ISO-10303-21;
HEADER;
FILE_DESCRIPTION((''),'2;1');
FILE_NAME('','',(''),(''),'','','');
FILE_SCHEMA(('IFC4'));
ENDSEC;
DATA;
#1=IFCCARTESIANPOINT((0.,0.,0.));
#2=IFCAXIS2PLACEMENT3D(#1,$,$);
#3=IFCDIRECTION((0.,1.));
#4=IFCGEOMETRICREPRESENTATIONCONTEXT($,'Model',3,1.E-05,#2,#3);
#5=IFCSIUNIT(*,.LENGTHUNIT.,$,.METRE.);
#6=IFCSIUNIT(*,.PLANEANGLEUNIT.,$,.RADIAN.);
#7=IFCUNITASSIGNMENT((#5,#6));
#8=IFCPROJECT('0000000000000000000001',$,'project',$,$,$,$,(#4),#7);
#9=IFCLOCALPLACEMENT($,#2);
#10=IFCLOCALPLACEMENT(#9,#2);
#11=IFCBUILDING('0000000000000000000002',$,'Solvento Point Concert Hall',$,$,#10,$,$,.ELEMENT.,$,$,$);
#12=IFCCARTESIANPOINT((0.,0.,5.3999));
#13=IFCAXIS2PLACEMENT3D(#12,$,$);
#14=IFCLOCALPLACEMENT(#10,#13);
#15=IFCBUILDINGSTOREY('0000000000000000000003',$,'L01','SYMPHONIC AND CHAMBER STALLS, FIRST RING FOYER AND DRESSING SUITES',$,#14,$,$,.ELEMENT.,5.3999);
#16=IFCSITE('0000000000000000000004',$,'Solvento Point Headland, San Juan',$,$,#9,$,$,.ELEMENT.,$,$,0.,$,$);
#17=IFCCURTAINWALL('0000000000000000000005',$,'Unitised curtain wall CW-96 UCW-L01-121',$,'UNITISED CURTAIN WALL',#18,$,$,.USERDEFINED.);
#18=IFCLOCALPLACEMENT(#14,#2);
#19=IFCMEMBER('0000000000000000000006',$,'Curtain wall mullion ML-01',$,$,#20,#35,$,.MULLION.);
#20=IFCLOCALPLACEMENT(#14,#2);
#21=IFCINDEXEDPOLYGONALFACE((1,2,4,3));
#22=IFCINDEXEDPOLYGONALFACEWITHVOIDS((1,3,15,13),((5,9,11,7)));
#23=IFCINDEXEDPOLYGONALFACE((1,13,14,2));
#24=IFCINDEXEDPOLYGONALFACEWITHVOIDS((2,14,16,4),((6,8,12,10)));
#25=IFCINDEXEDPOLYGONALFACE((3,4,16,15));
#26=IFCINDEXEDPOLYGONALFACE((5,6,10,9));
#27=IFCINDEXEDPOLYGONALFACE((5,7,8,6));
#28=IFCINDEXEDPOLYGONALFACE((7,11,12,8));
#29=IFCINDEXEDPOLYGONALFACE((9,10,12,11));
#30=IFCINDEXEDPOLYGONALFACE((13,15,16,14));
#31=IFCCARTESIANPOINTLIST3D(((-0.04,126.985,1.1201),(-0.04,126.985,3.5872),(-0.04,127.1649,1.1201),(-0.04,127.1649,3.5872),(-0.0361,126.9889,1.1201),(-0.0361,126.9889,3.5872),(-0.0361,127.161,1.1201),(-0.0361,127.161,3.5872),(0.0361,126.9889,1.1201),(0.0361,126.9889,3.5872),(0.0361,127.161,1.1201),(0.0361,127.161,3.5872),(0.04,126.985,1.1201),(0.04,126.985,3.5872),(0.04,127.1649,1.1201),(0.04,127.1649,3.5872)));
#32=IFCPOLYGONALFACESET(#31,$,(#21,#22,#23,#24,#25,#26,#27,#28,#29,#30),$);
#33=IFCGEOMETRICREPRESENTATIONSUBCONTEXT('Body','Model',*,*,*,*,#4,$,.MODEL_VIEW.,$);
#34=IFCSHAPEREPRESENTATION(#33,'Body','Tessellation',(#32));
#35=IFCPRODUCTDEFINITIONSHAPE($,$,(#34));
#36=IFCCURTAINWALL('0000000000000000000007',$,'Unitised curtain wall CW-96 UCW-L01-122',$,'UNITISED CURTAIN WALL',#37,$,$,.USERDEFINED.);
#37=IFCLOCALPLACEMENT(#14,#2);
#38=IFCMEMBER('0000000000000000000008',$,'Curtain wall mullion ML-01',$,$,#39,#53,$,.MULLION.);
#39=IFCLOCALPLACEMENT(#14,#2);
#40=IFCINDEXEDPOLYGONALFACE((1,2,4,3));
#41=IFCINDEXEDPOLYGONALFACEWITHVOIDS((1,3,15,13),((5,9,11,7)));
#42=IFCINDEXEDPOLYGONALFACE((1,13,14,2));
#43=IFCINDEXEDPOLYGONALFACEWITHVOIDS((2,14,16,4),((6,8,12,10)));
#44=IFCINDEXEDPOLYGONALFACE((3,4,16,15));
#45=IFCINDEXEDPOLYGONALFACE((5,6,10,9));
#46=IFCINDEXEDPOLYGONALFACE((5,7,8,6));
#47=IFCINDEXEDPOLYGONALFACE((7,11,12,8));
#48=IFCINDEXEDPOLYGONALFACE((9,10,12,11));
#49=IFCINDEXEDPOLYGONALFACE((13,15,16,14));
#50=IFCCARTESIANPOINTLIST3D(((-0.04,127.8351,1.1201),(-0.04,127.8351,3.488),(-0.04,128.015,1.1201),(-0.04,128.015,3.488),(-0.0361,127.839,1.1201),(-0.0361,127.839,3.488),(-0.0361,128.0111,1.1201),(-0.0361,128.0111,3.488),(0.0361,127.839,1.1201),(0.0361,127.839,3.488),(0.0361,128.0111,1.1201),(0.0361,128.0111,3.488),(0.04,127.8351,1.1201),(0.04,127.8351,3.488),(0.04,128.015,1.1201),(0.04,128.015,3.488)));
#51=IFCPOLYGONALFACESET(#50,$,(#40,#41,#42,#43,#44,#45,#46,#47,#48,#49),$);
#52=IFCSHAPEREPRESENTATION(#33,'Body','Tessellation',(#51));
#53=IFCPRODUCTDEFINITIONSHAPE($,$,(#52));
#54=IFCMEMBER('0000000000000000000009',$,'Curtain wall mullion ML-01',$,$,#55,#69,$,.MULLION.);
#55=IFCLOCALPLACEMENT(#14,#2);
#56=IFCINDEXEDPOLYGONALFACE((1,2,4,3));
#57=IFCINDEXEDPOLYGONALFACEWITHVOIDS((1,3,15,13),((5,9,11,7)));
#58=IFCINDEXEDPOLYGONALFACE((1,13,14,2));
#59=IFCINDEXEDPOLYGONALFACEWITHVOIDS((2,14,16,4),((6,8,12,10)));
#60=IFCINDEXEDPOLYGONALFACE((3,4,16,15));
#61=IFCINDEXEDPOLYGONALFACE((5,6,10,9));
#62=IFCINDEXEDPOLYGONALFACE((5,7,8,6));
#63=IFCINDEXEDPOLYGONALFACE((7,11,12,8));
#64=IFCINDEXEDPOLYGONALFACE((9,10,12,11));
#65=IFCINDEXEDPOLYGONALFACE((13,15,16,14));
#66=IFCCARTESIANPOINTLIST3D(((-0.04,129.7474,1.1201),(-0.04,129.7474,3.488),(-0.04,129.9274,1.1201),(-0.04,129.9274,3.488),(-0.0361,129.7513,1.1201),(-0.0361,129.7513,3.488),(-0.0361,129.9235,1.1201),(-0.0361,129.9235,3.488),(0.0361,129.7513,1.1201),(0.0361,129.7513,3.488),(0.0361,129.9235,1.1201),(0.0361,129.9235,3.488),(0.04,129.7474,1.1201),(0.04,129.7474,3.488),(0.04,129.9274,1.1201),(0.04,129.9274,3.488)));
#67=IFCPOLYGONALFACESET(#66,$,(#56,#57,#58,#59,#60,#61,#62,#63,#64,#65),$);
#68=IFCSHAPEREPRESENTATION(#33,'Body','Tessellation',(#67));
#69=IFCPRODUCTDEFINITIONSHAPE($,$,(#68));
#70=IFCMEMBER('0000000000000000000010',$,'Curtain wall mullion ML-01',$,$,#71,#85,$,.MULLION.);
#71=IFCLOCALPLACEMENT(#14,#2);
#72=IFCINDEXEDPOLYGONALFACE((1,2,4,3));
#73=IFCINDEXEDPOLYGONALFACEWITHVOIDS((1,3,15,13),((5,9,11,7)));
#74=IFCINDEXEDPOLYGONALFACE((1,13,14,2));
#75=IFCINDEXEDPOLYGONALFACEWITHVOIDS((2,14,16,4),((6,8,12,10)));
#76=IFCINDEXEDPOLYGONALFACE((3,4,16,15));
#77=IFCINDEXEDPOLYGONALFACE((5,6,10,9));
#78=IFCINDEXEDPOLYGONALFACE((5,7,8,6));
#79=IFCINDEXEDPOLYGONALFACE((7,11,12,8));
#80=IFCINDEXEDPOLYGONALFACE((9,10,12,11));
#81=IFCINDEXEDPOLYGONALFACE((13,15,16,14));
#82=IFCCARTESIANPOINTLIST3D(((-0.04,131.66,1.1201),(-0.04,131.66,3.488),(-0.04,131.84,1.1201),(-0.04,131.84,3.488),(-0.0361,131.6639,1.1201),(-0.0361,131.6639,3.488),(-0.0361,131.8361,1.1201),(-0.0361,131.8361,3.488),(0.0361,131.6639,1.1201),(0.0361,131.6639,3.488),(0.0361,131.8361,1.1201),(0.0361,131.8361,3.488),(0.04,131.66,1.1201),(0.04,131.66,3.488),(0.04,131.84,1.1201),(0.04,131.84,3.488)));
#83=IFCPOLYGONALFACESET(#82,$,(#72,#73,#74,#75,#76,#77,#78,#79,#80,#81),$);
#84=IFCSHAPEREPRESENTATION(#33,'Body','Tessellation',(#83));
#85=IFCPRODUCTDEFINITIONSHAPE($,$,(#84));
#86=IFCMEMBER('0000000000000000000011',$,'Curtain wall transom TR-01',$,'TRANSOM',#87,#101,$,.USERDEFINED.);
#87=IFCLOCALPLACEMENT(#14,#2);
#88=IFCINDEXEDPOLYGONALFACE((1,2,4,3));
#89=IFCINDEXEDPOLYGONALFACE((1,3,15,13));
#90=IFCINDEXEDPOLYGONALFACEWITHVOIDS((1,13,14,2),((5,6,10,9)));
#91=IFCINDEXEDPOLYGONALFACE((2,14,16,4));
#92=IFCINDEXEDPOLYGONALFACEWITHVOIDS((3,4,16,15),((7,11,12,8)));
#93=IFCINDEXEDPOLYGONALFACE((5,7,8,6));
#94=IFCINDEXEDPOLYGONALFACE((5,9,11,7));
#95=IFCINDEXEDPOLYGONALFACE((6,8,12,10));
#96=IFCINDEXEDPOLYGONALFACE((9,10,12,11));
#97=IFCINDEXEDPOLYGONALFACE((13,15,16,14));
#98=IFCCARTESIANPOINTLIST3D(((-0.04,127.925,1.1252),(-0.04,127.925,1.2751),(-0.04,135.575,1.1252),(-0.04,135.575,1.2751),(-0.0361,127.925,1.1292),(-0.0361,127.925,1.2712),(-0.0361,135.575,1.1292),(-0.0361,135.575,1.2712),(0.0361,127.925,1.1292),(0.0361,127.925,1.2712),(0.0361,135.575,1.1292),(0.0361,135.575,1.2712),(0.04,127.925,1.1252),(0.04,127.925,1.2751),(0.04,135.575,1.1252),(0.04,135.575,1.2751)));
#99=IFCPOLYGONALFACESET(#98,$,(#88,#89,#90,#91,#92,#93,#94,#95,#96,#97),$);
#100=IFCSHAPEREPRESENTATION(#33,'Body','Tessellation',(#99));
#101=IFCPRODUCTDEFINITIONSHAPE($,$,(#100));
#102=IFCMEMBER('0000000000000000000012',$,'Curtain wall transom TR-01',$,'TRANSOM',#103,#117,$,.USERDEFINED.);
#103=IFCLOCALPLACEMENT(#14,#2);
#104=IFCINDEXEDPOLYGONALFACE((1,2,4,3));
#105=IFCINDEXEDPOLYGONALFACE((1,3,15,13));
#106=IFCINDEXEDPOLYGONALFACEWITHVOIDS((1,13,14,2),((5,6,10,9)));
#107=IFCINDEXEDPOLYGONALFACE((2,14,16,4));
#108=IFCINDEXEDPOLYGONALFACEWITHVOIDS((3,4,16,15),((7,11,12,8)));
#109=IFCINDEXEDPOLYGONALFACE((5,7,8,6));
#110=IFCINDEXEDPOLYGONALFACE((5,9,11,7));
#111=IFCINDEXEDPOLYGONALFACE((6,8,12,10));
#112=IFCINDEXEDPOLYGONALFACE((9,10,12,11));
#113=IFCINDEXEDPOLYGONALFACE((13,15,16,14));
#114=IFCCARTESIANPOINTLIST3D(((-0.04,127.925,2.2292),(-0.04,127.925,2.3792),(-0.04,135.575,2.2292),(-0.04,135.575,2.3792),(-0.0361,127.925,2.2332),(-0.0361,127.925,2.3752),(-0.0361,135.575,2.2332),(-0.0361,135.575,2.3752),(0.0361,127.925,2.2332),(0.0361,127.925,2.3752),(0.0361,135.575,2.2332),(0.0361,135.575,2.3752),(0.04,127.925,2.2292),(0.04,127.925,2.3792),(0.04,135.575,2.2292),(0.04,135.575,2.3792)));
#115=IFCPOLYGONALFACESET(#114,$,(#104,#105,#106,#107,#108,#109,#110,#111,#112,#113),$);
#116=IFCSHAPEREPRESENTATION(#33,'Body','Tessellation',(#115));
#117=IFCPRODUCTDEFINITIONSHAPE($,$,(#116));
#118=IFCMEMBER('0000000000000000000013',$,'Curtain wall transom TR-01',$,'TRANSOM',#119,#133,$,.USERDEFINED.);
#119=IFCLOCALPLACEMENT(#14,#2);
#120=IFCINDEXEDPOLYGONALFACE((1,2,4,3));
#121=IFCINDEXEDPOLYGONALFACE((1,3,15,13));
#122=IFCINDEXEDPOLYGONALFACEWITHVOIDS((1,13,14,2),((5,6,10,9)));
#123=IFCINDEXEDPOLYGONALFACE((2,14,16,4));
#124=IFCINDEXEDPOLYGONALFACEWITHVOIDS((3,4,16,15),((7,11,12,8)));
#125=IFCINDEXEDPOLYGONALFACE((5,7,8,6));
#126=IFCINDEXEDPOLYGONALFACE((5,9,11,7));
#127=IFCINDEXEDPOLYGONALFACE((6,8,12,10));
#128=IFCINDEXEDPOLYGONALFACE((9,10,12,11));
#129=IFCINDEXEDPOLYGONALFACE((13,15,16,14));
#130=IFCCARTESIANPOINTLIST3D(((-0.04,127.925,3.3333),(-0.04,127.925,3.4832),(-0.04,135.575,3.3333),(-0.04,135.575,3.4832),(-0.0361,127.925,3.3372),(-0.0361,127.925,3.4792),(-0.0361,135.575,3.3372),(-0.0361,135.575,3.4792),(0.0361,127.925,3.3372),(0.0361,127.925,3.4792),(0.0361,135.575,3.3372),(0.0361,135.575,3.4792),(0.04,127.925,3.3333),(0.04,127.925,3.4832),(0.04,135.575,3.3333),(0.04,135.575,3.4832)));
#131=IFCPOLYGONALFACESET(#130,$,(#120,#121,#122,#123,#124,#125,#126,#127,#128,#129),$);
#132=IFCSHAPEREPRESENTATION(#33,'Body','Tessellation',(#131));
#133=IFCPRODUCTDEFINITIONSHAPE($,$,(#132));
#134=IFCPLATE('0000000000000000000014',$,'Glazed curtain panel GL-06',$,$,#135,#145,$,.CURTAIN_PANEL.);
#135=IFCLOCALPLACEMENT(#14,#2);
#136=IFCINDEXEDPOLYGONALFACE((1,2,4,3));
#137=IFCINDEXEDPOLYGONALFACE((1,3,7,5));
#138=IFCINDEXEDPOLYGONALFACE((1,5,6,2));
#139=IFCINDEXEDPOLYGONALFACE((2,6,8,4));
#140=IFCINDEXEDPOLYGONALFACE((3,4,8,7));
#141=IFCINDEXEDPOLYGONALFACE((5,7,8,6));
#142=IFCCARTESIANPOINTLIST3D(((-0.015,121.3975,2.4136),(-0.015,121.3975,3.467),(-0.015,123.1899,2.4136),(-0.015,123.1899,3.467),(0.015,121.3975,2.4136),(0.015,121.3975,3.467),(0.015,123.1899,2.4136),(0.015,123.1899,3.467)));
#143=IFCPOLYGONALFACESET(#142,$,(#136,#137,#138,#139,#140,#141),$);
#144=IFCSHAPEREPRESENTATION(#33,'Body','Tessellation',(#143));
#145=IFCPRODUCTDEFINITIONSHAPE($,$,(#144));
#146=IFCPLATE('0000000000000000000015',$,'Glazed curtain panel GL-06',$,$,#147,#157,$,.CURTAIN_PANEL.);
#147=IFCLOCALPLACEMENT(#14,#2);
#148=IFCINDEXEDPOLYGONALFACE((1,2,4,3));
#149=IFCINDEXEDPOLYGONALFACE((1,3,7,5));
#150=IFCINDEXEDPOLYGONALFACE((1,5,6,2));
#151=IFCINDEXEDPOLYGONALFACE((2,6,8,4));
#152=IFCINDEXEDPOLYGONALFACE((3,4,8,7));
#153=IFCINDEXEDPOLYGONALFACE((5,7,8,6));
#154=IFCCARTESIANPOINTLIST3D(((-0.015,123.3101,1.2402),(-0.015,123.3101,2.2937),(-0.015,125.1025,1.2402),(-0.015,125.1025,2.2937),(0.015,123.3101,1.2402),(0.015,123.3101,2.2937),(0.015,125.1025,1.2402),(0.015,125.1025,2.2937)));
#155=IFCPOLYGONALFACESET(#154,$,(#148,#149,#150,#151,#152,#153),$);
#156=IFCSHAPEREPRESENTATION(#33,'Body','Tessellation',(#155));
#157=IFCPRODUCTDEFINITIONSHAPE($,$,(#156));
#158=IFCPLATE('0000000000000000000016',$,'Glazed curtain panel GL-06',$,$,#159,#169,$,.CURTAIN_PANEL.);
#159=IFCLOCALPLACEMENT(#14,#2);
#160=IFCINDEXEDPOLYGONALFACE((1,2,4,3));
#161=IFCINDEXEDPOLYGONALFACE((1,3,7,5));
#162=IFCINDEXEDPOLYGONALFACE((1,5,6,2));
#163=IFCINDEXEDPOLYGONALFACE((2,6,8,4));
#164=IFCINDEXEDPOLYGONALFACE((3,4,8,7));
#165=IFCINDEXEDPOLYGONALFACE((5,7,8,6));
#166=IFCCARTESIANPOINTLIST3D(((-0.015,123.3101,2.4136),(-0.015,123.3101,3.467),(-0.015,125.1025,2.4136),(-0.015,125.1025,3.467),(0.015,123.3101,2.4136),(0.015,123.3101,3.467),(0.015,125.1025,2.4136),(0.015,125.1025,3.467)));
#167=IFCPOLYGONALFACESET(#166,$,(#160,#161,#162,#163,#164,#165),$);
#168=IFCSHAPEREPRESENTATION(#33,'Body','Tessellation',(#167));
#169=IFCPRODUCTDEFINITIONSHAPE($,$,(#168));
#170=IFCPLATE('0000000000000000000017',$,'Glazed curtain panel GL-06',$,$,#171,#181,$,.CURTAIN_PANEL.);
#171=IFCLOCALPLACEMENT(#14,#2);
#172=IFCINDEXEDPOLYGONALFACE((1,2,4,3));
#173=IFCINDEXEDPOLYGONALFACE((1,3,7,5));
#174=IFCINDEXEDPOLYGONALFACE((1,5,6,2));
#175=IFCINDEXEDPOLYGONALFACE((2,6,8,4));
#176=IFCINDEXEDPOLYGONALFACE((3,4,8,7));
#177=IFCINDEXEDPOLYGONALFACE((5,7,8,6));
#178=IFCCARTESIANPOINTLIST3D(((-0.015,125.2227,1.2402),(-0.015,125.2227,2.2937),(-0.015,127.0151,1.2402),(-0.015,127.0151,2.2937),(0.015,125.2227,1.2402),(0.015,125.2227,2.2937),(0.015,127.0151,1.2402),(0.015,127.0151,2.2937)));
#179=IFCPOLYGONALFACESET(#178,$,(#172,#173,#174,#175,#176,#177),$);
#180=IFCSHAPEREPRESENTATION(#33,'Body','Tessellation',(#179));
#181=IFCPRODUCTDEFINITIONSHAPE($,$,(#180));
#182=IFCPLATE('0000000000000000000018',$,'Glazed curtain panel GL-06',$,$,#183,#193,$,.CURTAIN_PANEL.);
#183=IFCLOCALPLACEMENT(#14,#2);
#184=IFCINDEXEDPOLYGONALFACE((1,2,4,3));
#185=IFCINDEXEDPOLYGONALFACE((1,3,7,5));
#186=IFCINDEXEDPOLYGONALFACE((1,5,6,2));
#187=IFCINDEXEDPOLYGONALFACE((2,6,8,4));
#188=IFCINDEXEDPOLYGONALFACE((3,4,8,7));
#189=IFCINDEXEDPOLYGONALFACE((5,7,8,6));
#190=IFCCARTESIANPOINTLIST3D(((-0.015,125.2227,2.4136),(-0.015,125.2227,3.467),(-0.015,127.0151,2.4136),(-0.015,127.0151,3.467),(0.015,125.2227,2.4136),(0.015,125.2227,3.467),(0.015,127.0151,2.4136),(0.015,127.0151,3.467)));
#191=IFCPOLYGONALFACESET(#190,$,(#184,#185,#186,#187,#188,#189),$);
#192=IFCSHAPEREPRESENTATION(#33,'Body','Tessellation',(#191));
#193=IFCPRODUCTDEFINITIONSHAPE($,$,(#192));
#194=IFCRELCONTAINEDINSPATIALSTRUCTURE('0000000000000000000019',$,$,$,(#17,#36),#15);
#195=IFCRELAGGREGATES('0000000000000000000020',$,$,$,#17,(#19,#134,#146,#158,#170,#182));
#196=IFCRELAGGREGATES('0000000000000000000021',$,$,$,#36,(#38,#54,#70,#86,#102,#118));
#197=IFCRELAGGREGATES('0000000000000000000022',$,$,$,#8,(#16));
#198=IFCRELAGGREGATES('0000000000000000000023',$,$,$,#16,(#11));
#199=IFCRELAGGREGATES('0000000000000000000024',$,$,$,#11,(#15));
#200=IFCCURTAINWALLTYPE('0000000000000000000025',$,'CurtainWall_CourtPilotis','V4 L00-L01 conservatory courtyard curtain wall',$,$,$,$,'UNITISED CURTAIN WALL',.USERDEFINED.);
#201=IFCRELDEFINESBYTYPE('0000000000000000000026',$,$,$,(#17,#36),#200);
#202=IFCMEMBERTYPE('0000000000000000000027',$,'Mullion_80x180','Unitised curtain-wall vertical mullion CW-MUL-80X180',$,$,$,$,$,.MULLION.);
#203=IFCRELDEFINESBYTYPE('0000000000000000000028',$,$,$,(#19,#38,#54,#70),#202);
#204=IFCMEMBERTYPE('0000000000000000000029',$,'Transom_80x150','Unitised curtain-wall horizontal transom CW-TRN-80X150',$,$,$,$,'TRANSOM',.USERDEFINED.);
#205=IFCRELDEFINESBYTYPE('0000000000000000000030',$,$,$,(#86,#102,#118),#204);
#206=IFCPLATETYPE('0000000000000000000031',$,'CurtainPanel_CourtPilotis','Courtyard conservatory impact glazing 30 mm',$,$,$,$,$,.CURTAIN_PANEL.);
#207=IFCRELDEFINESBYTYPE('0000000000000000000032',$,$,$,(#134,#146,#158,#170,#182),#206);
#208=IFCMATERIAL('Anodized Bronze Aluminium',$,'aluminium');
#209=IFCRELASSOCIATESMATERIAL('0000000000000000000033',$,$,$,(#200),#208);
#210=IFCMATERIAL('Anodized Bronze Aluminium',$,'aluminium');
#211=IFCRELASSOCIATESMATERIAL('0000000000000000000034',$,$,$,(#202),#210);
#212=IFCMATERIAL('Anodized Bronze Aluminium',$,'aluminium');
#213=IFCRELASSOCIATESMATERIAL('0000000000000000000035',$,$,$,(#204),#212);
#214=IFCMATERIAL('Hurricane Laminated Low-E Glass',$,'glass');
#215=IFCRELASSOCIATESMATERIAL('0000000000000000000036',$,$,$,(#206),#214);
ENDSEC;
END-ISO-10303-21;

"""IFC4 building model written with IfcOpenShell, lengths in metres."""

from ifc_helpers import new_model, si_unit, direction, frame, origin, origin_2d, place, context, subcontext, project, spatial, rectangle, hollow_rectangle, extrude, material, material_profile, profile_set, type_object, element, aggregate, save


model = new_model("IFC4")

# Units and contexts
model_context = context("Model", 3, precision=1e-05, world=origin(), true_north=direction((0.0, 1.0)))
body_context = subcontext(model_context, "Body", "Model", "MODEL_VIEW")
ifc_project = project(units=[si_unit("LENGTHUNIT", "METRE"), si_unit("PLANEANGLEUNIT", "RADIAN")], contexts=[model_context])

# Site, building, storey
site_placement = place(None, origin())
site = spatial("IfcSite", under=ifc_project, at=site_placement, Name="Solvento Point Headland, San Juan", CompositionType="ELEMENT", RefElevation=0.0)
building_placement = place(site_placement, origin())
building = spatial("IfcBuilding", under=site, at=building_placement, Name="Solvento Point Concert Hall", CompositionType="ELEMENT")
storey_placement = place(building_placement, frame((0.0, 0.0, 5.3999)))
storey = spatial("IfcBuildingStorey", under=building, at=storey_placement, Name="L01", Description="SYMPHONIC AND CHAMBER STALLS, FIRST RING FOYER AND DRESSING SUITES", CompositionType="ELEMENT", Elevation=5.3999)

# Curtain walls, members
ifc_material_1 = material(Name="Anodized Bronze Aluminium", Category="aluminium")
curtain_wall_type = type_object("IfcCurtainWallType", Name="CurtainWall_CourtPilotis", Description="V4 L00-L01 conservatory courtyard curtain wall", ElementType="UNITISED CURTAIN WALL", PredefinedType="USERDEFINED", material=ifc_material_1)
curtain_wall_1_placement = place(storey_placement, origin())
curtain_wall_1 = element("IfcCurtainWall", 1, at=curtain_wall_1_placement, inside=storey, type_object=curtain_wall_type, Name="Unitised curtain wall CW-96 UCW-L01-121", ObjectType="UNITISED CURTAIN WALL", PredefinedType="USERDEFINED")
ifc_material_2 = material(Name="Anodized Bronze Aluminium", Category="aluminium")
ifc_material_profile_1 = material_profile(ifc_material_2, hollow_rectangle(XDim=0.0801, YDim=0.1799, WallThickness=0.0039, at=origin_2d()), Name="CW-MUL-80X180")
ifc_profile_set_1 = profile_set([ifc_material_profile_1], Name="Anodized Bronze Aluminium")
member_type_1 = type_object("IfcMemberType", Name="Mullion_80x180", Description="Unitised curtain-wall vertical mullion CW-MUL-80X180", PredefinedType="MULLION", material=ifc_profile_set_1)
member_1_placement = place(storey_placement, frame((0.0, 127.075, 1.1201), z_axis=(0.0, 0.0, 1.0), x_axis=(1.0, 0.0, 0.0)))
member_1 = element("IfcMember", 2, at=member_1_placement, type_object=member_type_1, Name="Curtain wall mullion ML-01", PredefinedType="MULLION", context=body_context, shape_type="SweptSolid", body=[
    extrude(hollow_rectangle(XDim=0.0801, YDim=0.1799, WallThickness=0.0039, at=origin_2d()), origin(), (0.0, 0.0, 1.0), 2.467),
])
curtain_wall_2_placement = place(storey_placement, origin())
curtain_wall_2 = element("IfcCurtainWall", 3, at=curtain_wall_2_placement, inside=storey, type_object=curtain_wall_type, Name="Unitised curtain wall CW-96 UCW-L01-122", ObjectType="UNITISED CURTAIN WALL", PredefinedType="USERDEFINED")
member_2_placement = place(storey_placement, frame((0.0, 127.925, 1.1201), z_axis=(0.0, 0.0, 1.0), x_axis=(1.0, 0.0, 0.0)))
member_2 = element("IfcMember", 4, at=member_2_placement, type_object=member_type_1, Name="Curtain wall mullion ML-01", PredefinedType="MULLION", context=body_context, shape_type="SweptSolid", body=[
    extrude(hollow_rectangle(XDim=0.0801, YDim=0.1799, WallThickness=0.0039, at=origin_2d()), origin(), (0.0, 0.0, 1.0), 2.3679),
])
member_3_placement = place(storey_placement, frame((0.0, 129.8374, 1.1201), z_axis=(0.0, 0.0, 1.0), x_axis=(1.0, 0.0, 0.0)))
member_3 = element("IfcMember", 5, at=member_3_placement, type_object=member_type_1, Name="Curtain wall mullion ML-01", PredefinedType="MULLION", context=body_context, shape_type="SweptSolid", body=[
    extrude(hollow_rectangle(XDim=0.0801, YDim=0.1799, WallThickness=0.0039, at=origin_2d()), origin(), (0.0, 0.0, 1.0), 2.3679),
])
member_4_placement = place(storey_placement, frame((0.0, 131.75, 1.1201), z_axis=(0.0, 0.0, 1.0), x_axis=(1.0, 0.0, 0.0)))
member_4 = element("IfcMember", 6, at=member_4_placement, type_object=member_type_1, Name="Curtain wall mullion ML-01", PredefinedType="MULLION", context=body_context, shape_type="SweptSolid", body=[
    extrude(hollow_rectangle(XDim=0.0801, YDim=0.1799, WallThickness=0.0039, at=origin_2d()), origin(), (0.0, 0.0, 1.0), 2.3679),
])
ifc_material_3 = material(Name="Anodized Bronze Aluminium", Category="aluminium")
ifc_material_profile_2 = material_profile(ifc_material_3, hollow_rectangle(XDim=0.0801, YDim=0.1499, WallThickness=0.0039, at=origin_2d()), Name="CW-TRN-80X150")
ifc_profile_set_2 = profile_set([ifc_material_profile_2], Name="Anodized Bronze Aluminium")
member_type_2 = type_object("IfcMemberType", Name="Transom_80x150", Description="Unitised curtain-wall horizontal transom CW-TRN-80X150", ElementType="TRANSOM", PredefinedType="USERDEFINED", material=ifc_profile_set_2)
member_5_placement = place(storey_placement, frame((0.0, 127.925, 1.2002), z_axis=(0.0, 1.0, 0.0), x_axis=(-1.0, 0.0, 0.0)))
member_5 = element("IfcMember", 7, at=member_5_placement, type_object=member_type_2, Name="Curtain wall transom TR-01", ObjectType="TRANSOM", PredefinedType="USERDEFINED", context=body_context, shape_type="SweptSolid", body=[
    extrude(hollow_rectangle(XDim=0.0801, YDim=0.1499, WallThickness=0.0039, at=origin_2d()), origin(), (0.0, 0.0, 1.0), 7.6499),
])
member_6_placement = place(storey_placement, frame((0.0, 127.925, 2.3042), z_axis=(0.0, 1.0, 0.0), x_axis=(-1.0, 0.0, 0.0)))
member_6 = element("IfcMember", 8, at=member_6_placement, type_object=member_type_2, Name="Curtain wall transom TR-01", ObjectType="TRANSOM", PredefinedType="USERDEFINED", context=body_context, shape_type="SweptSolid", body=[
    extrude(hollow_rectangle(XDim=0.0801, YDim=0.1499, WallThickness=0.0039, at=origin_2d()), origin(), (0.0, 0.0, 1.0), 7.6499),
])
member_7_placement = place(storey_placement, frame((0.0, 127.925, 3.4082), z_axis=(0.0, 1.0, 0.0), x_axis=(-1.0, 0.0, 0.0)))
member_7 = element("IfcMember", 9, at=member_7_placement, type_object=member_type_2, Name="Curtain wall transom TR-01", ObjectType="TRANSOM", PredefinedType="USERDEFINED", context=body_context, shape_type="SweptSolid", body=[
    extrude(hollow_rectangle(XDim=0.0801, YDim=0.1499, WallThickness=0.0039, at=origin_2d()), origin(), (0.0, 0.0, 1.0), 7.6499),
])

# Plates
ifc_material_4 = material(Name="Hurricane Laminated Low-E Glass", Category="glass")
plate_type = type_object("IfcPlateType", Name="CurtainPanel_CourtPilotis", Description="Courtyard conservatory impact glazing 30 mm", PredefinedType="CURTAIN_PANEL", material=ifc_material_4)
plate_1_placement = place(storey_placement, frame((0.0, 122.2937, 2.4136), z_axis=(0.0, 0.0, 1.0), x_axis=(0.0, 1.0, 0.0)))
plate_1 = element("IfcPlate", 10, at=plate_1_placement, type_object=plate_type, Name="Glazed curtain panel GL-06", PredefinedType="CURTAIN_PANEL", context=body_context, shape_type="SweptSolid", body=[
    extrude(rectangle(XDim=1.7925, YDim=0.03, at=origin_2d()), origin(), (0.0, 0.0, 1.0), 1.0535),
])
plate_2_placement = place(storey_placement, frame((0.0, 124.2063, 1.2402), z_axis=(0.0, 0.0, 1.0), x_axis=(0.0, 1.0, 0.0)))
plate_2 = element("IfcPlate", 11, at=plate_2_placement, type_object=plate_type, Name="Glazed curtain panel GL-06", PredefinedType="CURTAIN_PANEL", context=body_context, shape_type="SweptSolid", body=[
    extrude(rectangle(XDim=1.7925, YDim=0.03, at=origin_2d()), origin(), (0.0, 0.0, 1.0), 1.0535),
])
plate_3_placement = place(storey_placement, frame((0.0, 124.2063, 2.4136), z_axis=(0.0, 0.0, 1.0), x_axis=(0.0, 1.0, 0.0)))
plate_3 = element("IfcPlate", 12, at=plate_3_placement, type_object=plate_type, Name="Glazed curtain panel GL-06", PredefinedType="CURTAIN_PANEL", context=body_context, shape_type="SweptSolid", body=[
    extrude(rectangle(XDim=1.7925, YDim=0.03, at=origin_2d()), origin(), (0.0, 0.0, 1.0), 1.0535),
])
plate_4_placement = place(storey_placement, frame((0.0, 126.1189, 1.2402), z_axis=(0.0, 0.0, 1.0), x_axis=(0.0, 1.0, 0.0)))
plate_4 = element("IfcPlate", 13, at=plate_4_placement, type_object=plate_type, Name="Glazed curtain panel GL-06", PredefinedType="CURTAIN_PANEL", context=body_context, shape_type="SweptSolid", body=[
    extrude(rectangle(XDim=1.7925, YDim=0.03, at=origin_2d()), origin(), (0.0, 0.0, 1.0), 1.0535),
])
plate_5_placement = place(storey_placement, frame((0.0, 126.1189, 2.4136), z_axis=(0.0, 0.0, 1.0), x_axis=(0.0, 1.0, 0.0)))
plate_5 = element("IfcPlate", 14, at=plate_5_placement, type_object=plate_type, Name="Glazed curtain panel GL-06", PredefinedType="CURTAIN_PANEL", context=body_context, shape_type="SweptSolid", body=[
    extrude(rectangle(XDim=1.7925, YDim=0.03, at=origin_2d()), origin(), (0.0, 0.0, 1.0), 1.0535),
])
aggregate(curtain_wall_1, [member_1, plate_1, plate_2, plate_3, plate_4, plate_5])
aggregate(curtain_wall_2, [member_2, member_3, member_4, member_5, member_6, member_7])

save(model, "model.ifc")
